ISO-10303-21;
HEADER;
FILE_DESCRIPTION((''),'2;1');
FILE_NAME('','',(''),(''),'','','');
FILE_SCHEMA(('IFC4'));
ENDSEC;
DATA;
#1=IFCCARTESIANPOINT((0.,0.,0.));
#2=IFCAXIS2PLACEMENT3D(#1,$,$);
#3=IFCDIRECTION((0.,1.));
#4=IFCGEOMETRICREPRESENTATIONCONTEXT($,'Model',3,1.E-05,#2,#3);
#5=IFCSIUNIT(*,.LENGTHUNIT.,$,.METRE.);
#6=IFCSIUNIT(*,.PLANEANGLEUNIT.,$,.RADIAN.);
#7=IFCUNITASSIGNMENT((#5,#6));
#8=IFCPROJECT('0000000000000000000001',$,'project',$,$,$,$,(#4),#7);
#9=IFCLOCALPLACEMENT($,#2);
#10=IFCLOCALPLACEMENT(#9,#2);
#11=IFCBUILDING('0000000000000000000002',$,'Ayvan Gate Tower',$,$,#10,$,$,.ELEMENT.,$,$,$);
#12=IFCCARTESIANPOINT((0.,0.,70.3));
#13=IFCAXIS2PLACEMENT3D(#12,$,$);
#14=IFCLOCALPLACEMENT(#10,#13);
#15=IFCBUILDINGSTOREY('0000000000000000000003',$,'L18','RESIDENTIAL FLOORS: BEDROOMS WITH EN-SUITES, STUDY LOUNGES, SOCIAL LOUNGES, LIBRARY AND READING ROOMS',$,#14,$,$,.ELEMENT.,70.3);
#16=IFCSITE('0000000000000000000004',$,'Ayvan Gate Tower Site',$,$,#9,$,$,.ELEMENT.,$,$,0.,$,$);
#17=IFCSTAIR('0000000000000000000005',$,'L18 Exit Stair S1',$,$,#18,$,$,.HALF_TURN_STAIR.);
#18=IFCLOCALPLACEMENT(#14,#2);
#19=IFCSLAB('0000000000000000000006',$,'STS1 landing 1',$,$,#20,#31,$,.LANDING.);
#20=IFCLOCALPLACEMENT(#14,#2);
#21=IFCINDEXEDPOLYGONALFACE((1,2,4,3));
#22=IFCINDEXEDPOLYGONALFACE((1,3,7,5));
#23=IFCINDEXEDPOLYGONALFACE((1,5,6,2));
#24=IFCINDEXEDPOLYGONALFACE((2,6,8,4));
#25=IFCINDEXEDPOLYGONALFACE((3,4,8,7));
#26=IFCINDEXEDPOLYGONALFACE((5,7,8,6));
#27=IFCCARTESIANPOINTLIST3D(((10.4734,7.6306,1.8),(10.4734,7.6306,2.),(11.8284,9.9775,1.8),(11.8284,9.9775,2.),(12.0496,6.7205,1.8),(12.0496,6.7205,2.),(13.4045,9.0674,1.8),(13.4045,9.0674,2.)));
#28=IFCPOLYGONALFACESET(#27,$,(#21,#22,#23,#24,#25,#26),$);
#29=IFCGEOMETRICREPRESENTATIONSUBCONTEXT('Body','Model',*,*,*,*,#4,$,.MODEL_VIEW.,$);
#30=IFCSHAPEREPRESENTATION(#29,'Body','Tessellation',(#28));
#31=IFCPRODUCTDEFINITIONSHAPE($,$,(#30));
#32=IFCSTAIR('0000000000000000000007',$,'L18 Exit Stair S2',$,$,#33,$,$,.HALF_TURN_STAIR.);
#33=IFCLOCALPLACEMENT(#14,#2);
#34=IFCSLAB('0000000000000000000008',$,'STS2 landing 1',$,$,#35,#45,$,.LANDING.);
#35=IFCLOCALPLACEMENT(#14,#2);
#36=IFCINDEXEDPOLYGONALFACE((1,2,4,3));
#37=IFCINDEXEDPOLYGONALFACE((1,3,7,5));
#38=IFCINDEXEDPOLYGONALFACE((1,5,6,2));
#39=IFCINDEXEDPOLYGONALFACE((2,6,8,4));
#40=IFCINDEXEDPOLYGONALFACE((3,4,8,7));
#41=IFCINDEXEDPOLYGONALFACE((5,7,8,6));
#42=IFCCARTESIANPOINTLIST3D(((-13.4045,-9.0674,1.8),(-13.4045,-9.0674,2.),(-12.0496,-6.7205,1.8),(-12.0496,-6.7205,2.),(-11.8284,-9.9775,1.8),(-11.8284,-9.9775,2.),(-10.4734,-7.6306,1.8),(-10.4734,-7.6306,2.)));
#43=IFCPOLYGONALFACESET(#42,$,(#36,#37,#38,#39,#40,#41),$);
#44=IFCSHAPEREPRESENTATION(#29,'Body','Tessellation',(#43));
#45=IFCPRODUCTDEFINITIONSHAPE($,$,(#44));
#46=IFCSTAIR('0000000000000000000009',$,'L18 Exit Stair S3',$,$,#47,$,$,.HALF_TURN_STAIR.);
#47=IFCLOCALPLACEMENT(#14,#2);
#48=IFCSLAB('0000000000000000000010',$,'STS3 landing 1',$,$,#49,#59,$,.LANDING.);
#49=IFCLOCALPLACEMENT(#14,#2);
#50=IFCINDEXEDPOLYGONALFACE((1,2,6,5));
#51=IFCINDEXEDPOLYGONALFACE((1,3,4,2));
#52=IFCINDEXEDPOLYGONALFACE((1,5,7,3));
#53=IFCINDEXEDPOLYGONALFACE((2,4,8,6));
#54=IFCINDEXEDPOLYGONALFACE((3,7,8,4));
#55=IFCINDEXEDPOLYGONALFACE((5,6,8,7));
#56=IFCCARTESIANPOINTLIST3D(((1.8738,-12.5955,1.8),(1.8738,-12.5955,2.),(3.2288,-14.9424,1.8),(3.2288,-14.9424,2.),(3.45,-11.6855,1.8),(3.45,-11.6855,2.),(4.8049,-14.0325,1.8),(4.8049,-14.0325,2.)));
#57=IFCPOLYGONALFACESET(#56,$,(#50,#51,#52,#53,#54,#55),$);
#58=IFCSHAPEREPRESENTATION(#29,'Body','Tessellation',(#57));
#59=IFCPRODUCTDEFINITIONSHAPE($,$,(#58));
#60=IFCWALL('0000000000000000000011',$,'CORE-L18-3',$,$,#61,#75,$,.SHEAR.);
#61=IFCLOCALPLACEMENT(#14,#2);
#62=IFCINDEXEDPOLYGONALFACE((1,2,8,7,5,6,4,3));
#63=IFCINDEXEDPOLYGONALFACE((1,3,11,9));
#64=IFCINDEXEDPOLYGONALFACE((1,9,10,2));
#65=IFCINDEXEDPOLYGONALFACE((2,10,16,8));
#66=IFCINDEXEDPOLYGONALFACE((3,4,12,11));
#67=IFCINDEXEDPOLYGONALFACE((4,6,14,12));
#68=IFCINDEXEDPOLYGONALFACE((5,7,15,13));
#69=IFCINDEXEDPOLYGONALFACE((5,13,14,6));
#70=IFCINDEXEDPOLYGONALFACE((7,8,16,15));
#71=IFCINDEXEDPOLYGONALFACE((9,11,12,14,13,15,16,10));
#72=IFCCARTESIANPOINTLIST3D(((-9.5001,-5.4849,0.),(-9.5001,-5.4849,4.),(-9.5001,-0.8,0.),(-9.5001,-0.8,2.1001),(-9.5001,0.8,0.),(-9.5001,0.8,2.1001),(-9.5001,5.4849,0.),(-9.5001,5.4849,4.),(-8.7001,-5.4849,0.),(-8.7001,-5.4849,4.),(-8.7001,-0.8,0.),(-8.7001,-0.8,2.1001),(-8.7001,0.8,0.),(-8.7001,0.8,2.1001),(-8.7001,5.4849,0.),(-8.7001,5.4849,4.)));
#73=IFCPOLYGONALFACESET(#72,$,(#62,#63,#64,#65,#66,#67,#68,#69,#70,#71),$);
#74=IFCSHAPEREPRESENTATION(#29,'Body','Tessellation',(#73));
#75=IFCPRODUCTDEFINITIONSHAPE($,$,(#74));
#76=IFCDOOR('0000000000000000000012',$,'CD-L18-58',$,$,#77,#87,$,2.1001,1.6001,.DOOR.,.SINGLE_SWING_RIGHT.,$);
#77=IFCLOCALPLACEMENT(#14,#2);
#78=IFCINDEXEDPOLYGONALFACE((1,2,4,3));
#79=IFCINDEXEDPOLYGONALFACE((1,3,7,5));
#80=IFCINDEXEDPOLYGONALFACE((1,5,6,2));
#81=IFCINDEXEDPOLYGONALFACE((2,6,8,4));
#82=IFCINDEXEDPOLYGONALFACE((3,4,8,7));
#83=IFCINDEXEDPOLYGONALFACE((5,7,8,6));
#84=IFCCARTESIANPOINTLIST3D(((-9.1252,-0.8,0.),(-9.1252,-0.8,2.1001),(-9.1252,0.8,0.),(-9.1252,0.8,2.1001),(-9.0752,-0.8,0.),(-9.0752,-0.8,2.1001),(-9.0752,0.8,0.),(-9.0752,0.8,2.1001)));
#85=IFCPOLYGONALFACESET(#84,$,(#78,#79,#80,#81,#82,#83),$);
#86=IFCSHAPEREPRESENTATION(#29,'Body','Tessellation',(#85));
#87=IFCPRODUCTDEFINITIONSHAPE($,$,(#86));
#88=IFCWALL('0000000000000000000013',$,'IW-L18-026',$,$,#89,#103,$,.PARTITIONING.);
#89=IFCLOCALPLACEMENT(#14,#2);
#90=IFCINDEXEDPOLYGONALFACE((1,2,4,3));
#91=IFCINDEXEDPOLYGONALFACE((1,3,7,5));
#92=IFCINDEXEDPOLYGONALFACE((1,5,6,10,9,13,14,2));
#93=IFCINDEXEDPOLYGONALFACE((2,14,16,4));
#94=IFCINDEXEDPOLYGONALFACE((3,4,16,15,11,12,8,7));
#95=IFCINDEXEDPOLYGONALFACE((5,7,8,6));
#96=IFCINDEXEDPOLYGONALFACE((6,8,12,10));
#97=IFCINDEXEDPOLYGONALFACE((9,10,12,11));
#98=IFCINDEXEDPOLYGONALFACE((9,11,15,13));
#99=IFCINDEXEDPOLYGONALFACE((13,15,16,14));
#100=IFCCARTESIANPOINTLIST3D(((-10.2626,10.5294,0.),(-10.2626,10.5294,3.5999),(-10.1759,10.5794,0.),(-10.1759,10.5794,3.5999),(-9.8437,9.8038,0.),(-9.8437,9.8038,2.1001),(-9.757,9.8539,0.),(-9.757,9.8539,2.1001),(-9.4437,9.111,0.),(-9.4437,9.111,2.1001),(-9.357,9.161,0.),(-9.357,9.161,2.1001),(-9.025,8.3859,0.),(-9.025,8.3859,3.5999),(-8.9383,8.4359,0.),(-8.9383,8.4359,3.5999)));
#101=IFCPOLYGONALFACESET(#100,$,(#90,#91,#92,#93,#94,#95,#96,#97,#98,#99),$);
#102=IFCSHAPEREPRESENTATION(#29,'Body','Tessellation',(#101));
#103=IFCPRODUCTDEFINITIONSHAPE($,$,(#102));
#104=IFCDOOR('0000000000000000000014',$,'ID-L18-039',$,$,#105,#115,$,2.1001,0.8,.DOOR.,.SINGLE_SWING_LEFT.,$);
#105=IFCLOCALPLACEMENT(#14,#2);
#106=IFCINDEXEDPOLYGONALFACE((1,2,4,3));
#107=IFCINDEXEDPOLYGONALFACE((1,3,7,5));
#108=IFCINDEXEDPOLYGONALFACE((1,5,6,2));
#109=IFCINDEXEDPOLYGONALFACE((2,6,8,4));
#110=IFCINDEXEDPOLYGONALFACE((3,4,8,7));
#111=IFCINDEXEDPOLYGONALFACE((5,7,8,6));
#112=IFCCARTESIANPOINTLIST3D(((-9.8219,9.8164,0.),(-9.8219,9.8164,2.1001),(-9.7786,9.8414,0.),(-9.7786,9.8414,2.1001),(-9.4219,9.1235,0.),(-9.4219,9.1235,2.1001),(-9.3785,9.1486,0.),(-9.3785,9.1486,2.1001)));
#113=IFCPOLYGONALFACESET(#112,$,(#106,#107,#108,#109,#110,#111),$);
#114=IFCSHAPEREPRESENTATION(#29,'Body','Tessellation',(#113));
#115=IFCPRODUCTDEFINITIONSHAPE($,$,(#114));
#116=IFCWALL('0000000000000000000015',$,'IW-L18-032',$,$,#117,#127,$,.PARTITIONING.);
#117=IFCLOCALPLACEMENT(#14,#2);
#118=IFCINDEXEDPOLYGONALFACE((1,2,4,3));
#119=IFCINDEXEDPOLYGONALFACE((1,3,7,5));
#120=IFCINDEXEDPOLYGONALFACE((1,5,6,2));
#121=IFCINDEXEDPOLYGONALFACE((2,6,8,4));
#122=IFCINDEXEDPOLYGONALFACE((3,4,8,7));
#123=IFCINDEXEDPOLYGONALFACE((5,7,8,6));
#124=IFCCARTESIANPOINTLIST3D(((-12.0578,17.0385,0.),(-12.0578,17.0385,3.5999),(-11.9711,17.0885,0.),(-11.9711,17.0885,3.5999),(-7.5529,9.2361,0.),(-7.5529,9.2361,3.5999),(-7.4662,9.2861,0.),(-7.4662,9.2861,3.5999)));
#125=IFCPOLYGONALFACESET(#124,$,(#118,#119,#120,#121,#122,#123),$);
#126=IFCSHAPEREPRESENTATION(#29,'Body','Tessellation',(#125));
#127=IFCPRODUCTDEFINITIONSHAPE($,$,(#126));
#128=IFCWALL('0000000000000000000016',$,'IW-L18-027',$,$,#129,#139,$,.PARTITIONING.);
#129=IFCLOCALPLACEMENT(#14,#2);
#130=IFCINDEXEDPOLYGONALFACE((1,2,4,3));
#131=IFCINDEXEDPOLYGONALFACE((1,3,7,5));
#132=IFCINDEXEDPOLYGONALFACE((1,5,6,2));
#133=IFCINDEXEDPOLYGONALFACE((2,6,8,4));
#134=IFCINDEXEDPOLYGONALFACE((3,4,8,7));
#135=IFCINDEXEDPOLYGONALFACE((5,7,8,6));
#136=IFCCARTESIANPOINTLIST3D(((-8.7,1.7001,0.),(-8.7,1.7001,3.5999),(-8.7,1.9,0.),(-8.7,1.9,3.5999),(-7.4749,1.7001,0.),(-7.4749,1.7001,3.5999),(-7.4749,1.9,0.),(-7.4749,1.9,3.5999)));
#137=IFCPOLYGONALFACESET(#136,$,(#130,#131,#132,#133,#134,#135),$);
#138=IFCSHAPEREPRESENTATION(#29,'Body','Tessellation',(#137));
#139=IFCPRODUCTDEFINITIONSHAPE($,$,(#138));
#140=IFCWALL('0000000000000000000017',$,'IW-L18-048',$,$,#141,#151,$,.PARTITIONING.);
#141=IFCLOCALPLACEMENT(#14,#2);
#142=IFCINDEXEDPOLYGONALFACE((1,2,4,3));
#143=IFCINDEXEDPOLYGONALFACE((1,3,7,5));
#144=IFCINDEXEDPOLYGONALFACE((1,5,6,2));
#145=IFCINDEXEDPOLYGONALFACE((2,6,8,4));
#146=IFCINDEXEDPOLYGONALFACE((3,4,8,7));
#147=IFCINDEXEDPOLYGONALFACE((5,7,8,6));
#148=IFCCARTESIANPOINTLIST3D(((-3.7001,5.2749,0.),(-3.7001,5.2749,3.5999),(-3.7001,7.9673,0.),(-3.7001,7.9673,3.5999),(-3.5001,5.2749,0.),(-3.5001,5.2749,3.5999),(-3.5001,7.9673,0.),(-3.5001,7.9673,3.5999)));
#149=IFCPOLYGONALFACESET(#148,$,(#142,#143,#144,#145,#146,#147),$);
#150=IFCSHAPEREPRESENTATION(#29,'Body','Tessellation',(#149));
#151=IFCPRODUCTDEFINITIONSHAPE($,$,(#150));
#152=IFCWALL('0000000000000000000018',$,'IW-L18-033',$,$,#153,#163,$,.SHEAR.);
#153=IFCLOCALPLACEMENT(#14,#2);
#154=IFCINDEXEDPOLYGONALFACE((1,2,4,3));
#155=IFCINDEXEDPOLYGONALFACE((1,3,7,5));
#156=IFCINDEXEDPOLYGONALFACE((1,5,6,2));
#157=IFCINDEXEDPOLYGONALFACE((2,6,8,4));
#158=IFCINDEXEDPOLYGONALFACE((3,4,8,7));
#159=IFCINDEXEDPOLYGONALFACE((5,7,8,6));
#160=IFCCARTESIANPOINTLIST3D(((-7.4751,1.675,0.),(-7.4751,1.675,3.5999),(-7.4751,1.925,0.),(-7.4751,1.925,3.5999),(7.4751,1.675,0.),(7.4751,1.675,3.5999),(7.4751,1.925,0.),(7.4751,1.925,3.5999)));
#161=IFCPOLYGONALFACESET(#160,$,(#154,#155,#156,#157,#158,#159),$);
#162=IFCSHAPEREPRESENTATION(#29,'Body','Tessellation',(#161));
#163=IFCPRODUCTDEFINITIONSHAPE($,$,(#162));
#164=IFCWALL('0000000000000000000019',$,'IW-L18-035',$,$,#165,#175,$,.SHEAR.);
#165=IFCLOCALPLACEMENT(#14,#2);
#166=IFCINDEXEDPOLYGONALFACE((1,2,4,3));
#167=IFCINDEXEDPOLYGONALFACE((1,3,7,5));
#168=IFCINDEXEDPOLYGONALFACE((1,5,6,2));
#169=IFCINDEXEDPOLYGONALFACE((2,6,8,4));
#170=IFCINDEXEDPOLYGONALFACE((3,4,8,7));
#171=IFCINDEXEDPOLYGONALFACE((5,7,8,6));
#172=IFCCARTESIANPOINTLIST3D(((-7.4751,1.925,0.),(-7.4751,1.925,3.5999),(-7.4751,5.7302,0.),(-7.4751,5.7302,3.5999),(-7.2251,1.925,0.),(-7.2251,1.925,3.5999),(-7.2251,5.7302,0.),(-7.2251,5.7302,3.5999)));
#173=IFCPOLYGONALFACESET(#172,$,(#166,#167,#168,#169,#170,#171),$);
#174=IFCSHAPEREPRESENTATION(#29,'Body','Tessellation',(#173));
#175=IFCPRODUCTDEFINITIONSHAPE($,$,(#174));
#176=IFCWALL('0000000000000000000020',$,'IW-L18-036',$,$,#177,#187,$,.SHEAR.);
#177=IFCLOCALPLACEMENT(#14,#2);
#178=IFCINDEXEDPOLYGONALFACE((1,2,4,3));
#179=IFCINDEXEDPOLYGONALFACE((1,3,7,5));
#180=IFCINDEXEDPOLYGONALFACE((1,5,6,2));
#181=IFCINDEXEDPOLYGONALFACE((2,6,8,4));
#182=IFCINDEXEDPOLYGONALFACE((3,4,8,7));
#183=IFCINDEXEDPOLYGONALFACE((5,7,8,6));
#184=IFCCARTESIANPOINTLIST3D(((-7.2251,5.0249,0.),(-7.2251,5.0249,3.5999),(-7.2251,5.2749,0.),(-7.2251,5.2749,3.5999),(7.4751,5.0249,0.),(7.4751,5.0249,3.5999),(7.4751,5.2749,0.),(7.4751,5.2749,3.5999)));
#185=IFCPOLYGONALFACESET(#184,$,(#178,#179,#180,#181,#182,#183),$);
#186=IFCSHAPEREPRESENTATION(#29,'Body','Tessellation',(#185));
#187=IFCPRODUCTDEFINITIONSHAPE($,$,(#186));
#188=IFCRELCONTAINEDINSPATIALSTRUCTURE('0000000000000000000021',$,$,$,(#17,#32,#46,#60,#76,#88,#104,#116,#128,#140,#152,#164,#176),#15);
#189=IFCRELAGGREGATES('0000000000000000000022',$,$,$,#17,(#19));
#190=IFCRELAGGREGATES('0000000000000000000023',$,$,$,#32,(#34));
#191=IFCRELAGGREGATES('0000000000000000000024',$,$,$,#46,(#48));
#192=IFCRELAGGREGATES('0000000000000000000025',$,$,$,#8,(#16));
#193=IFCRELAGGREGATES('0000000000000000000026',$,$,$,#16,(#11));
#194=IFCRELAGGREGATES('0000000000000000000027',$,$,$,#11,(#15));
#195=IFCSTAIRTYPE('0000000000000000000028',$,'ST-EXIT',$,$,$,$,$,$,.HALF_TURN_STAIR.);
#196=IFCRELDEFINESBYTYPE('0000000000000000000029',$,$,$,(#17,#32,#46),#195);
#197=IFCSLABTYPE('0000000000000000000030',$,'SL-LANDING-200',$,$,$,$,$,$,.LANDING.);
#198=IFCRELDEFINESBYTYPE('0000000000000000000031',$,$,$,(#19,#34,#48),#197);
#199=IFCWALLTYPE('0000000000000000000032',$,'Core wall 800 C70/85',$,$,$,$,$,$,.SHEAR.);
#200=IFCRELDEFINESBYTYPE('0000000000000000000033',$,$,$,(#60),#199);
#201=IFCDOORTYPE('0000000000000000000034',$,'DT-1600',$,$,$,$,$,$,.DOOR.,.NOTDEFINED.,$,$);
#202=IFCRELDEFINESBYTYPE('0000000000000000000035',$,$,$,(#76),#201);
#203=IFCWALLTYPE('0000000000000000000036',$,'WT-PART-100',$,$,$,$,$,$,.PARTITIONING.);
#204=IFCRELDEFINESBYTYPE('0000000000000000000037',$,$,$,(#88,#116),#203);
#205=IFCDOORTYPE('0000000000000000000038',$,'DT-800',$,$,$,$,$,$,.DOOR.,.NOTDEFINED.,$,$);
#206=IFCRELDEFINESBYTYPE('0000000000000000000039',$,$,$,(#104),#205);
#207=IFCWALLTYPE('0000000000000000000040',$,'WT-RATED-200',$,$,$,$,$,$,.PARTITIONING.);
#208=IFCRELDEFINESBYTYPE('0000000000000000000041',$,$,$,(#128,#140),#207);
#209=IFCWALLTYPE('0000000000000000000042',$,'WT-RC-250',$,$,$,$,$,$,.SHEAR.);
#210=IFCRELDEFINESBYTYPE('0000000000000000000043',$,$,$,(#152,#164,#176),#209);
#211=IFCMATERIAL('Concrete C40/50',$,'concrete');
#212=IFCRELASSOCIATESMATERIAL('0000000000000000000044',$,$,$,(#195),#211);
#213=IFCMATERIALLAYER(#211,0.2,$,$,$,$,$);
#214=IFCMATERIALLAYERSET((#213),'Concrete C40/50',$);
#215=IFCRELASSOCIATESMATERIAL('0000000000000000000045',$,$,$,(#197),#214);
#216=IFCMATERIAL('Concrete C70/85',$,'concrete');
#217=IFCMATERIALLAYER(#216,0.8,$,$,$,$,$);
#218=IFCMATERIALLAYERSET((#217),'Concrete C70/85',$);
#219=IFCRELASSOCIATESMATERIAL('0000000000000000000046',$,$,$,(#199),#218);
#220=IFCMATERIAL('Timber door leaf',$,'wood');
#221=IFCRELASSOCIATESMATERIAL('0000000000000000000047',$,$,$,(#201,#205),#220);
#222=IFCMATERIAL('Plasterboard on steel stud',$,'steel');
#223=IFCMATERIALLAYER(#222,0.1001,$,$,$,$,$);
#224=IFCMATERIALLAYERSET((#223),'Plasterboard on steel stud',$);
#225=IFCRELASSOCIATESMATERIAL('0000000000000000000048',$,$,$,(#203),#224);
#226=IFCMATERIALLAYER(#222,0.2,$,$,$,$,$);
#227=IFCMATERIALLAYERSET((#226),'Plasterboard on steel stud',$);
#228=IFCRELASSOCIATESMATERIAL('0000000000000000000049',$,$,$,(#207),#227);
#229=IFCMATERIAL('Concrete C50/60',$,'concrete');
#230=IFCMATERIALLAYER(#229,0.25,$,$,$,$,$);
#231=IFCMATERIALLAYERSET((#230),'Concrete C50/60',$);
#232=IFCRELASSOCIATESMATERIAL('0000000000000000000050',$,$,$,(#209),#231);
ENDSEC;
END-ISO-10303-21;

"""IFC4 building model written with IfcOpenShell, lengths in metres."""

from ifc_helpers import new_model, si_unit, direction, frame, frame_2d, origin, place, context, subcontext, project, spatial, polyline, rectangle, outline, extrude, material, layer, layer_set, type_object, element, fill, aggregate, save


model = new_model("IFC4")

# Units and contexts
model_context = context("Model", 3, precision=1e-05, world=origin(), true_north=direction((0.0, 1.0)))
body_context = subcontext(model_context, "Body", "Model", "MODEL_VIEW")
ifc_project = project(units=[si_unit("LENGTHUNIT", "METRE"), si_unit("PLANEANGLEUNIT", "RADIAN")], contexts=[model_context])

# Site, building, storey
site_placement = place(None, origin())
site = spatial("IfcSite", under=ifc_project, at=site_placement, Name="Ayvan Gate Tower Site", CompositionType="ELEMENT", RefElevation=0.0)
building_placement = place(site_placement, origin())
building = spatial("IfcBuilding", under=site, at=building_placement, Name="Ayvan Gate Tower", CompositionType="ELEMENT")
storey_placement = place(building_placement, frame((0.0, 0.0, 70.3)))
storey = spatial("IfcBuildingStorey", under=building, at=storey_placement, Name="L18", Description="RESIDENTIAL FLOORS: BEDROOMS WITH EN-SUITES, STUDY LOUNGES, SOCIAL LOUNGES, LIBRARY AND READING ROOMS", CompositionType="ELEMENT", Elevation=70.3)

# Stairs, slabs
ifc_material_1 = material(Name="Concrete C40/50", Category="concrete")
stair_type = type_object("IfcStairType", Name="ST-EXIT", PredefinedType="HALF_TURN_STAIR", material=ifc_material_1)
stair_1_placement = place(storey_placement, origin())
stair_1 = element("IfcStair", 1, at=stair_1_placement, inside=storey, type_object=stair_type, Name="L18 Exit Stair S1", PredefinedType="HALF_TURN_STAIR")
ifc_layer_1 = layer(ifc_material_1, 0.2)
ifc_layer_set_1 = layer_set([ifc_layer_1], Name="Concrete C40/50")
slab_type = type_object("IfcSlabType", Name="SL-LANDING-200", PredefinedType="LANDING", material=ifc_layer_set_1)
slab_1_placement = place(storey_placement, frame((0.0, 0.0, 1.8)))
slab_1 = element("IfcSlab", 2, at=slab_1_placement, type_object=slab_type, Name="STS1 landing 1", PredefinedType="LANDING", context=body_context, shape_type="SweptSolid", body=[
    extrude(outline(polyline([(10.4734, 7.6306), (12.0496, 6.7205), (13.4045, 9.0674), (11.8284, 9.9775), (10.4734, 7.6306)])), origin(), (0.0, 0.0, 1.0), 0.2),
])
aggregate(stair_1, [slab_1])
stair_2_placement = place(storey_placement, origin())
stair_2 = element("IfcStair", 3, at=stair_2_placement, inside=storey, type_object=stair_type, Name="L18 Exit Stair S2", PredefinedType="HALF_TURN_STAIR")
slab_2_placement = place(storey_placement, frame((0.0, 0.0, 1.8)))
slab_2 = element("IfcSlab", 4, at=slab_2_placement, type_object=slab_type, Name="STS2 landing 1", PredefinedType="LANDING", context=body_context, shape_type="SweptSolid", body=[
    extrude(outline(polyline([(-10.4734, -7.6306), (-12.0496, -6.7205), (-13.4045, -9.0674), (-11.8284, -9.9775), (-10.4734, -7.6306)])), origin(), (0.0, 0.0, 1.0), 0.2),
])
aggregate(stair_2, [slab_2])
stair_3_placement = place(storey_placement, origin())
stair_3 = element("IfcStair", 5, at=stair_3_placement, inside=storey, type_object=stair_type, Name="L18 Exit Stair S3", PredefinedType="HALF_TURN_STAIR")
slab_3_placement = place(storey_placement, frame((0.0, 0.0, 1.8)))
slab_3 = element("IfcSlab", 6, at=slab_3_placement, type_object=slab_type, Name="STS3 landing 1", PredefinedType="LANDING", context=body_context, shape_type="SweptSolid", body=[
    extrude(outline(polyline([(3.45, -11.6855), (1.8738, -12.5955), (3.2288, -14.9424), (4.8049, -14.0325), (3.45, -11.6855)])), origin(), (0.0, 0.0, 1.0), 0.2),
])
aggregate(stair_3, [slab_3])

# Walls, openings, doors
ifc_material_2 = material(Name="Concrete C70/85", Category="concrete")
ifc_layer_2 = layer(ifc_material_2, 0.8)
ifc_layer_set_2 = layer_set([ifc_layer_2], Name="Concrete C70/85")
wall_type_1 = type_object("IfcWallType", Name="Core wall 800 C70/85", PredefinedType="SHEAR", material=ifc_layer_set_2)
wall_1_placement = place(storey_placement, frame((-9.1001, 5.4849, 0.0), z_axis=(0.0, 0.0, 1.0), x_axis=(0.0, -1.0, 0.0)))
wall_1 = element("IfcWall", 7, at=wall_1_placement, inside=storey, type_object=wall_type_1, Name="CORE-L18-3", PredefinedType="SHEAR", context=body_context, shape_type="SweptSolid", body=[
    extrude(rectangle(XDim=10.9697, YDim=0.8, at=frame_2d((5.4849, 0.0))), origin(), (0.0, 0.0, 1.0), 4.0),
])
opening_1_placement = place(wall_1_placement, frame((4.6848, 0.0, 0.0)))
opening_1 = element("IfcOpeningElement", 8, at=opening_1_placement, cuts=wall_1, PredefinedType="OPENING", context=body_context, shape_type="SweptSolid", body=[
    extrude(rectangle(XDim=1.6001, YDim=2.1001, at=frame_2d((0.8, 1.05))), frame((0.0, 0.4099, 0.0), z_axis=(0.0, -1.0, 0.0), x_axis=(1.0, 0.0, 0.0)), (0.0, 0.0, 1.0), 0.8201),
])
ifc_material_3 = material(Name="Timber door leaf", Category="wood")
door_type_1 = type_object("IfcDoorType", Name="DT-1600", OperationType="NOTDEFINED", PredefinedType="DOOR", material=ifc_material_3)
door_1_placement = place(opening_1_placement, origin())
door_1 = element("IfcDoor", 9, at=door_1_placement, inside=storey, type_object=door_type_1, Name="CD-L18-58", OperationType="SINGLE_SWING_RIGHT", OverallHeight=2.1001, OverallWidth=1.6001, PredefinedType="DOOR", context=body_context, shape_type="SweptSolid", body=[
    extrude(rectangle(XDim=1.6001, YDim=2.1001, at=frame_2d((0.8, 1.05))), frame((0.0, 0.0249, 0.0), z_axis=(0.0, -1.0, 0.0), x_axis=(1.0, 0.0, 0.0)), (0.0, 0.0, 1.0), 0.05),
])
fill(opening_1, door_1)
ifc_material_4 = material(Name="Plasterboard on steel stud", Category="steel")
ifc_layer_3 = layer(ifc_material_4, 0.1001)
ifc_layer_set_3 = layer_set([ifc_layer_3], Name="Plasterboard on steel stud")
wall_type_2 = type_object("IfcWallType", Name="WT-PART-100", PredefinedType="PARTITIONING", material=ifc_layer_set_3)
wall_2_placement = place(storey_placement, frame((-8.9817, 8.4109, 0.0), z_axis=(0.0, 0.0, 1.0), x_axis=(-0.49999, 0.866031, 0.0)))
wall_2 = element("IfcWall", 10, at=wall_2_placement, inside=storey, type_object=wall_type_2, Name="IW-L18-026", PredefinedType="PARTITIONING", context=body_context, shape_type="SweptSolid", body=[
    extrude(rectangle(XDim=2.4751, YDim=0.1001, at=frame_2d((1.2375, 0.0))), origin(), (0.0, 0.0, 1.0), 3.5999),
])
opening_2_placement = place(wall_2_placement, frame((0.8374, 0.0, 0.0)))
opening_2 = element("IfcOpeningElement", 11, at=opening_2_placement, cuts=wall_2, PredefinedType="OPENING", context=body_context, shape_type="SweptSolid", body=[
    extrude(rectangle(XDim=0.8, YDim=2.1001, at=frame_2d((0.3999, 1.05))), frame((0.0, 0.0601, 0.0), z_axis=(0.0, -1.0, 0.0), x_axis=(1.0, 0.0, 0.0)), (0.0, 0.0, 1.0), 0.1201),
])
door_type_2 = type_object("IfcDoorType", Name="DT-800", OperationType="NOTDEFINED", PredefinedType="DOOR", material=ifc_material_3)
door_2_placement = place(opening_2_placement, origin())
door_2 = element("IfcDoor", 12, at=door_2_placement, inside=storey, type_object=door_type_2, Name="ID-L18-039", OperationType="SINGLE_SWING_LEFT", OverallHeight=2.1001, OverallWidth=0.8, PredefinedType="DOOR", context=body_context, shape_type="SweptSolid", body=[
    extrude(rectangle(XDim=0.8, YDim=2.1001, at=frame_2d((0.3999, 1.05))), frame((0.0, 0.0249, 0.0), z_axis=(0.0, -1.0, 0.0), x_axis=(1.0, 0.0, 0.0)), (0.0, 0.0, 1.0), 0.05),
])
fill(opening_2, door_2)

# Walls
wall_3_placement = place(storey_placement, frame((-7.5095, 9.261, 0.0), z_axis=(0.0, 0.0, 1.0), x_axis=(-0.500009, 0.86602, 0.0)))
element("IfcWall", 13, at=wall_3_placement, inside=storey, type_object=wall_type_2, Name="IW-L18-032", PredefinedType="PARTITIONING", context=body_context, shape_type="SweptSolid", body=[
    extrude(rectangle(XDim=9.0095, YDim=0.1001, at=frame_2d((4.5049, 0.0))), origin(), (0.0, 0.0, 1.0), 3.5999),
])
ifc_layer_4 = layer(ifc_material_4, 0.2)
ifc_layer_set_4 = layer_set([ifc_layer_4], Name="Plasterboard on steel stud")
wall_type_3 = type_object("IfcWallType", Name="WT-RATED-200", PredefinedType="PARTITIONING", material=ifc_layer_set_4)
wall_4_placement = place(storey_placement, frame((-8.7, 1.8, 0.0), z_axis=(0.0, 0.0, 1.0), x_axis=(1.0, 0.0, 0.0)))
element("IfcWall", 14, at=wall_4_placement, inside=storey, type_object=wall_type_3, Name="IW-L18-027", PredefinedType="PARTITIONING", context=body_context, shape_type="SweptSolid", body=[
    extrude(rectangle(XDim=1.2251, YDim=0.2, at=frame_2d((0.6125, 0.0))), origin(), (0.0, 0.0, 1.0), 3.5999),
])
wall_5_placement = place(storey_placement, frame((-3.6001, 7.9673, 0.0), z_axis=(0.0, 0.0, 1.0), x_axis=(0.0, -1.0, 0.0)))
element("IfcWall", 15, at=wall_5_placement, inside=storey, type_object=wall_type_3, Name="IW-L18-048", PredefinedType="PARTITIONING", context=body_context, shape_type="SweptSolid", body=[
    extrude(rectangle(XDim=2.6924, YDim=0.2, at=frame_2d((1.3462, 0.0))), origin(), (0.0, 0.0, 1.0), 3.5999),
])
ifc_material_5 = material(Name="Concrete C50/60", Category="concrete")
ifc_layer_5 = layer(ifc_material_5, 0.25)
ifc_layer_set_5 = layer_set([ifc_layer_5], Name="Concrete C50/60")
wall_type_4 = type_object("IfcWallType", Name="WT-RC-250", PredefinedType="SHEAR", material=ifc_layer_set_5)
wall_6_placement = place(storey_placement, frame((-7.4751, 1.8, 0.0), z_axis=(0.0, 0.0, 1.0), x_axis=(1.0, 0.0, 0.0)))
element("IfcWall", 16, at=wall_6_placement, inside=storey, type_object=wall_type_4, Name="IW-L18-033", PredefinedType="SHEAR", context=body_context, shape_type="SweptSolid", body=[
    extrude(rectangle(XDim=14.9502, YDim=0.25, at=frame_2d((7.4751, 0.0))), origin(), (0.0, 0.0, 1.0), 3.5999),
])
wall_7_placement = place(storey_placement, frame((-7.3501, 1.925, 0.0), z_axis=(0.0, 0.0, 1.0), x_axis=(0.0, 1.0, 0.0)))
element("IfcWall", 17, at=wall_7_placement, inside=storey, type_object=wall_type_4, Name="IW-L18-035", PredefinedType="SHEAR", context=body_context, shape_type="SweptSolid", body=[
    extrude(rectangle(XDim=3.8052, YDim=0.25, at=frame_2d((1.9026, 0.0))), origin(), (0.0, 0.0, 1.0), 3.5999),
])
wall_8_placement = place(storey_placement, frame((-7.2251, 5.1499, 0.0), z_axis=(0.0, 0.0, 1.0), x_axis=(1.0, 0.0, 0.0)))
element("IfcWall", 18, at=wall_8_placement, inside=storey, type_object=wall_type_4, Name="IW-L18-036", PredefinedType="SHEAR", context=body_context, shape_type="SweptSolid", body=[
    extrude(rectangle(XDim=14.7002, YDim=0.25, at=frame_2d((7.3501, 0.0))), origin(), (0.0, 0.0, 1.0), 3.5999),
])

save(model, "model.ifc")
